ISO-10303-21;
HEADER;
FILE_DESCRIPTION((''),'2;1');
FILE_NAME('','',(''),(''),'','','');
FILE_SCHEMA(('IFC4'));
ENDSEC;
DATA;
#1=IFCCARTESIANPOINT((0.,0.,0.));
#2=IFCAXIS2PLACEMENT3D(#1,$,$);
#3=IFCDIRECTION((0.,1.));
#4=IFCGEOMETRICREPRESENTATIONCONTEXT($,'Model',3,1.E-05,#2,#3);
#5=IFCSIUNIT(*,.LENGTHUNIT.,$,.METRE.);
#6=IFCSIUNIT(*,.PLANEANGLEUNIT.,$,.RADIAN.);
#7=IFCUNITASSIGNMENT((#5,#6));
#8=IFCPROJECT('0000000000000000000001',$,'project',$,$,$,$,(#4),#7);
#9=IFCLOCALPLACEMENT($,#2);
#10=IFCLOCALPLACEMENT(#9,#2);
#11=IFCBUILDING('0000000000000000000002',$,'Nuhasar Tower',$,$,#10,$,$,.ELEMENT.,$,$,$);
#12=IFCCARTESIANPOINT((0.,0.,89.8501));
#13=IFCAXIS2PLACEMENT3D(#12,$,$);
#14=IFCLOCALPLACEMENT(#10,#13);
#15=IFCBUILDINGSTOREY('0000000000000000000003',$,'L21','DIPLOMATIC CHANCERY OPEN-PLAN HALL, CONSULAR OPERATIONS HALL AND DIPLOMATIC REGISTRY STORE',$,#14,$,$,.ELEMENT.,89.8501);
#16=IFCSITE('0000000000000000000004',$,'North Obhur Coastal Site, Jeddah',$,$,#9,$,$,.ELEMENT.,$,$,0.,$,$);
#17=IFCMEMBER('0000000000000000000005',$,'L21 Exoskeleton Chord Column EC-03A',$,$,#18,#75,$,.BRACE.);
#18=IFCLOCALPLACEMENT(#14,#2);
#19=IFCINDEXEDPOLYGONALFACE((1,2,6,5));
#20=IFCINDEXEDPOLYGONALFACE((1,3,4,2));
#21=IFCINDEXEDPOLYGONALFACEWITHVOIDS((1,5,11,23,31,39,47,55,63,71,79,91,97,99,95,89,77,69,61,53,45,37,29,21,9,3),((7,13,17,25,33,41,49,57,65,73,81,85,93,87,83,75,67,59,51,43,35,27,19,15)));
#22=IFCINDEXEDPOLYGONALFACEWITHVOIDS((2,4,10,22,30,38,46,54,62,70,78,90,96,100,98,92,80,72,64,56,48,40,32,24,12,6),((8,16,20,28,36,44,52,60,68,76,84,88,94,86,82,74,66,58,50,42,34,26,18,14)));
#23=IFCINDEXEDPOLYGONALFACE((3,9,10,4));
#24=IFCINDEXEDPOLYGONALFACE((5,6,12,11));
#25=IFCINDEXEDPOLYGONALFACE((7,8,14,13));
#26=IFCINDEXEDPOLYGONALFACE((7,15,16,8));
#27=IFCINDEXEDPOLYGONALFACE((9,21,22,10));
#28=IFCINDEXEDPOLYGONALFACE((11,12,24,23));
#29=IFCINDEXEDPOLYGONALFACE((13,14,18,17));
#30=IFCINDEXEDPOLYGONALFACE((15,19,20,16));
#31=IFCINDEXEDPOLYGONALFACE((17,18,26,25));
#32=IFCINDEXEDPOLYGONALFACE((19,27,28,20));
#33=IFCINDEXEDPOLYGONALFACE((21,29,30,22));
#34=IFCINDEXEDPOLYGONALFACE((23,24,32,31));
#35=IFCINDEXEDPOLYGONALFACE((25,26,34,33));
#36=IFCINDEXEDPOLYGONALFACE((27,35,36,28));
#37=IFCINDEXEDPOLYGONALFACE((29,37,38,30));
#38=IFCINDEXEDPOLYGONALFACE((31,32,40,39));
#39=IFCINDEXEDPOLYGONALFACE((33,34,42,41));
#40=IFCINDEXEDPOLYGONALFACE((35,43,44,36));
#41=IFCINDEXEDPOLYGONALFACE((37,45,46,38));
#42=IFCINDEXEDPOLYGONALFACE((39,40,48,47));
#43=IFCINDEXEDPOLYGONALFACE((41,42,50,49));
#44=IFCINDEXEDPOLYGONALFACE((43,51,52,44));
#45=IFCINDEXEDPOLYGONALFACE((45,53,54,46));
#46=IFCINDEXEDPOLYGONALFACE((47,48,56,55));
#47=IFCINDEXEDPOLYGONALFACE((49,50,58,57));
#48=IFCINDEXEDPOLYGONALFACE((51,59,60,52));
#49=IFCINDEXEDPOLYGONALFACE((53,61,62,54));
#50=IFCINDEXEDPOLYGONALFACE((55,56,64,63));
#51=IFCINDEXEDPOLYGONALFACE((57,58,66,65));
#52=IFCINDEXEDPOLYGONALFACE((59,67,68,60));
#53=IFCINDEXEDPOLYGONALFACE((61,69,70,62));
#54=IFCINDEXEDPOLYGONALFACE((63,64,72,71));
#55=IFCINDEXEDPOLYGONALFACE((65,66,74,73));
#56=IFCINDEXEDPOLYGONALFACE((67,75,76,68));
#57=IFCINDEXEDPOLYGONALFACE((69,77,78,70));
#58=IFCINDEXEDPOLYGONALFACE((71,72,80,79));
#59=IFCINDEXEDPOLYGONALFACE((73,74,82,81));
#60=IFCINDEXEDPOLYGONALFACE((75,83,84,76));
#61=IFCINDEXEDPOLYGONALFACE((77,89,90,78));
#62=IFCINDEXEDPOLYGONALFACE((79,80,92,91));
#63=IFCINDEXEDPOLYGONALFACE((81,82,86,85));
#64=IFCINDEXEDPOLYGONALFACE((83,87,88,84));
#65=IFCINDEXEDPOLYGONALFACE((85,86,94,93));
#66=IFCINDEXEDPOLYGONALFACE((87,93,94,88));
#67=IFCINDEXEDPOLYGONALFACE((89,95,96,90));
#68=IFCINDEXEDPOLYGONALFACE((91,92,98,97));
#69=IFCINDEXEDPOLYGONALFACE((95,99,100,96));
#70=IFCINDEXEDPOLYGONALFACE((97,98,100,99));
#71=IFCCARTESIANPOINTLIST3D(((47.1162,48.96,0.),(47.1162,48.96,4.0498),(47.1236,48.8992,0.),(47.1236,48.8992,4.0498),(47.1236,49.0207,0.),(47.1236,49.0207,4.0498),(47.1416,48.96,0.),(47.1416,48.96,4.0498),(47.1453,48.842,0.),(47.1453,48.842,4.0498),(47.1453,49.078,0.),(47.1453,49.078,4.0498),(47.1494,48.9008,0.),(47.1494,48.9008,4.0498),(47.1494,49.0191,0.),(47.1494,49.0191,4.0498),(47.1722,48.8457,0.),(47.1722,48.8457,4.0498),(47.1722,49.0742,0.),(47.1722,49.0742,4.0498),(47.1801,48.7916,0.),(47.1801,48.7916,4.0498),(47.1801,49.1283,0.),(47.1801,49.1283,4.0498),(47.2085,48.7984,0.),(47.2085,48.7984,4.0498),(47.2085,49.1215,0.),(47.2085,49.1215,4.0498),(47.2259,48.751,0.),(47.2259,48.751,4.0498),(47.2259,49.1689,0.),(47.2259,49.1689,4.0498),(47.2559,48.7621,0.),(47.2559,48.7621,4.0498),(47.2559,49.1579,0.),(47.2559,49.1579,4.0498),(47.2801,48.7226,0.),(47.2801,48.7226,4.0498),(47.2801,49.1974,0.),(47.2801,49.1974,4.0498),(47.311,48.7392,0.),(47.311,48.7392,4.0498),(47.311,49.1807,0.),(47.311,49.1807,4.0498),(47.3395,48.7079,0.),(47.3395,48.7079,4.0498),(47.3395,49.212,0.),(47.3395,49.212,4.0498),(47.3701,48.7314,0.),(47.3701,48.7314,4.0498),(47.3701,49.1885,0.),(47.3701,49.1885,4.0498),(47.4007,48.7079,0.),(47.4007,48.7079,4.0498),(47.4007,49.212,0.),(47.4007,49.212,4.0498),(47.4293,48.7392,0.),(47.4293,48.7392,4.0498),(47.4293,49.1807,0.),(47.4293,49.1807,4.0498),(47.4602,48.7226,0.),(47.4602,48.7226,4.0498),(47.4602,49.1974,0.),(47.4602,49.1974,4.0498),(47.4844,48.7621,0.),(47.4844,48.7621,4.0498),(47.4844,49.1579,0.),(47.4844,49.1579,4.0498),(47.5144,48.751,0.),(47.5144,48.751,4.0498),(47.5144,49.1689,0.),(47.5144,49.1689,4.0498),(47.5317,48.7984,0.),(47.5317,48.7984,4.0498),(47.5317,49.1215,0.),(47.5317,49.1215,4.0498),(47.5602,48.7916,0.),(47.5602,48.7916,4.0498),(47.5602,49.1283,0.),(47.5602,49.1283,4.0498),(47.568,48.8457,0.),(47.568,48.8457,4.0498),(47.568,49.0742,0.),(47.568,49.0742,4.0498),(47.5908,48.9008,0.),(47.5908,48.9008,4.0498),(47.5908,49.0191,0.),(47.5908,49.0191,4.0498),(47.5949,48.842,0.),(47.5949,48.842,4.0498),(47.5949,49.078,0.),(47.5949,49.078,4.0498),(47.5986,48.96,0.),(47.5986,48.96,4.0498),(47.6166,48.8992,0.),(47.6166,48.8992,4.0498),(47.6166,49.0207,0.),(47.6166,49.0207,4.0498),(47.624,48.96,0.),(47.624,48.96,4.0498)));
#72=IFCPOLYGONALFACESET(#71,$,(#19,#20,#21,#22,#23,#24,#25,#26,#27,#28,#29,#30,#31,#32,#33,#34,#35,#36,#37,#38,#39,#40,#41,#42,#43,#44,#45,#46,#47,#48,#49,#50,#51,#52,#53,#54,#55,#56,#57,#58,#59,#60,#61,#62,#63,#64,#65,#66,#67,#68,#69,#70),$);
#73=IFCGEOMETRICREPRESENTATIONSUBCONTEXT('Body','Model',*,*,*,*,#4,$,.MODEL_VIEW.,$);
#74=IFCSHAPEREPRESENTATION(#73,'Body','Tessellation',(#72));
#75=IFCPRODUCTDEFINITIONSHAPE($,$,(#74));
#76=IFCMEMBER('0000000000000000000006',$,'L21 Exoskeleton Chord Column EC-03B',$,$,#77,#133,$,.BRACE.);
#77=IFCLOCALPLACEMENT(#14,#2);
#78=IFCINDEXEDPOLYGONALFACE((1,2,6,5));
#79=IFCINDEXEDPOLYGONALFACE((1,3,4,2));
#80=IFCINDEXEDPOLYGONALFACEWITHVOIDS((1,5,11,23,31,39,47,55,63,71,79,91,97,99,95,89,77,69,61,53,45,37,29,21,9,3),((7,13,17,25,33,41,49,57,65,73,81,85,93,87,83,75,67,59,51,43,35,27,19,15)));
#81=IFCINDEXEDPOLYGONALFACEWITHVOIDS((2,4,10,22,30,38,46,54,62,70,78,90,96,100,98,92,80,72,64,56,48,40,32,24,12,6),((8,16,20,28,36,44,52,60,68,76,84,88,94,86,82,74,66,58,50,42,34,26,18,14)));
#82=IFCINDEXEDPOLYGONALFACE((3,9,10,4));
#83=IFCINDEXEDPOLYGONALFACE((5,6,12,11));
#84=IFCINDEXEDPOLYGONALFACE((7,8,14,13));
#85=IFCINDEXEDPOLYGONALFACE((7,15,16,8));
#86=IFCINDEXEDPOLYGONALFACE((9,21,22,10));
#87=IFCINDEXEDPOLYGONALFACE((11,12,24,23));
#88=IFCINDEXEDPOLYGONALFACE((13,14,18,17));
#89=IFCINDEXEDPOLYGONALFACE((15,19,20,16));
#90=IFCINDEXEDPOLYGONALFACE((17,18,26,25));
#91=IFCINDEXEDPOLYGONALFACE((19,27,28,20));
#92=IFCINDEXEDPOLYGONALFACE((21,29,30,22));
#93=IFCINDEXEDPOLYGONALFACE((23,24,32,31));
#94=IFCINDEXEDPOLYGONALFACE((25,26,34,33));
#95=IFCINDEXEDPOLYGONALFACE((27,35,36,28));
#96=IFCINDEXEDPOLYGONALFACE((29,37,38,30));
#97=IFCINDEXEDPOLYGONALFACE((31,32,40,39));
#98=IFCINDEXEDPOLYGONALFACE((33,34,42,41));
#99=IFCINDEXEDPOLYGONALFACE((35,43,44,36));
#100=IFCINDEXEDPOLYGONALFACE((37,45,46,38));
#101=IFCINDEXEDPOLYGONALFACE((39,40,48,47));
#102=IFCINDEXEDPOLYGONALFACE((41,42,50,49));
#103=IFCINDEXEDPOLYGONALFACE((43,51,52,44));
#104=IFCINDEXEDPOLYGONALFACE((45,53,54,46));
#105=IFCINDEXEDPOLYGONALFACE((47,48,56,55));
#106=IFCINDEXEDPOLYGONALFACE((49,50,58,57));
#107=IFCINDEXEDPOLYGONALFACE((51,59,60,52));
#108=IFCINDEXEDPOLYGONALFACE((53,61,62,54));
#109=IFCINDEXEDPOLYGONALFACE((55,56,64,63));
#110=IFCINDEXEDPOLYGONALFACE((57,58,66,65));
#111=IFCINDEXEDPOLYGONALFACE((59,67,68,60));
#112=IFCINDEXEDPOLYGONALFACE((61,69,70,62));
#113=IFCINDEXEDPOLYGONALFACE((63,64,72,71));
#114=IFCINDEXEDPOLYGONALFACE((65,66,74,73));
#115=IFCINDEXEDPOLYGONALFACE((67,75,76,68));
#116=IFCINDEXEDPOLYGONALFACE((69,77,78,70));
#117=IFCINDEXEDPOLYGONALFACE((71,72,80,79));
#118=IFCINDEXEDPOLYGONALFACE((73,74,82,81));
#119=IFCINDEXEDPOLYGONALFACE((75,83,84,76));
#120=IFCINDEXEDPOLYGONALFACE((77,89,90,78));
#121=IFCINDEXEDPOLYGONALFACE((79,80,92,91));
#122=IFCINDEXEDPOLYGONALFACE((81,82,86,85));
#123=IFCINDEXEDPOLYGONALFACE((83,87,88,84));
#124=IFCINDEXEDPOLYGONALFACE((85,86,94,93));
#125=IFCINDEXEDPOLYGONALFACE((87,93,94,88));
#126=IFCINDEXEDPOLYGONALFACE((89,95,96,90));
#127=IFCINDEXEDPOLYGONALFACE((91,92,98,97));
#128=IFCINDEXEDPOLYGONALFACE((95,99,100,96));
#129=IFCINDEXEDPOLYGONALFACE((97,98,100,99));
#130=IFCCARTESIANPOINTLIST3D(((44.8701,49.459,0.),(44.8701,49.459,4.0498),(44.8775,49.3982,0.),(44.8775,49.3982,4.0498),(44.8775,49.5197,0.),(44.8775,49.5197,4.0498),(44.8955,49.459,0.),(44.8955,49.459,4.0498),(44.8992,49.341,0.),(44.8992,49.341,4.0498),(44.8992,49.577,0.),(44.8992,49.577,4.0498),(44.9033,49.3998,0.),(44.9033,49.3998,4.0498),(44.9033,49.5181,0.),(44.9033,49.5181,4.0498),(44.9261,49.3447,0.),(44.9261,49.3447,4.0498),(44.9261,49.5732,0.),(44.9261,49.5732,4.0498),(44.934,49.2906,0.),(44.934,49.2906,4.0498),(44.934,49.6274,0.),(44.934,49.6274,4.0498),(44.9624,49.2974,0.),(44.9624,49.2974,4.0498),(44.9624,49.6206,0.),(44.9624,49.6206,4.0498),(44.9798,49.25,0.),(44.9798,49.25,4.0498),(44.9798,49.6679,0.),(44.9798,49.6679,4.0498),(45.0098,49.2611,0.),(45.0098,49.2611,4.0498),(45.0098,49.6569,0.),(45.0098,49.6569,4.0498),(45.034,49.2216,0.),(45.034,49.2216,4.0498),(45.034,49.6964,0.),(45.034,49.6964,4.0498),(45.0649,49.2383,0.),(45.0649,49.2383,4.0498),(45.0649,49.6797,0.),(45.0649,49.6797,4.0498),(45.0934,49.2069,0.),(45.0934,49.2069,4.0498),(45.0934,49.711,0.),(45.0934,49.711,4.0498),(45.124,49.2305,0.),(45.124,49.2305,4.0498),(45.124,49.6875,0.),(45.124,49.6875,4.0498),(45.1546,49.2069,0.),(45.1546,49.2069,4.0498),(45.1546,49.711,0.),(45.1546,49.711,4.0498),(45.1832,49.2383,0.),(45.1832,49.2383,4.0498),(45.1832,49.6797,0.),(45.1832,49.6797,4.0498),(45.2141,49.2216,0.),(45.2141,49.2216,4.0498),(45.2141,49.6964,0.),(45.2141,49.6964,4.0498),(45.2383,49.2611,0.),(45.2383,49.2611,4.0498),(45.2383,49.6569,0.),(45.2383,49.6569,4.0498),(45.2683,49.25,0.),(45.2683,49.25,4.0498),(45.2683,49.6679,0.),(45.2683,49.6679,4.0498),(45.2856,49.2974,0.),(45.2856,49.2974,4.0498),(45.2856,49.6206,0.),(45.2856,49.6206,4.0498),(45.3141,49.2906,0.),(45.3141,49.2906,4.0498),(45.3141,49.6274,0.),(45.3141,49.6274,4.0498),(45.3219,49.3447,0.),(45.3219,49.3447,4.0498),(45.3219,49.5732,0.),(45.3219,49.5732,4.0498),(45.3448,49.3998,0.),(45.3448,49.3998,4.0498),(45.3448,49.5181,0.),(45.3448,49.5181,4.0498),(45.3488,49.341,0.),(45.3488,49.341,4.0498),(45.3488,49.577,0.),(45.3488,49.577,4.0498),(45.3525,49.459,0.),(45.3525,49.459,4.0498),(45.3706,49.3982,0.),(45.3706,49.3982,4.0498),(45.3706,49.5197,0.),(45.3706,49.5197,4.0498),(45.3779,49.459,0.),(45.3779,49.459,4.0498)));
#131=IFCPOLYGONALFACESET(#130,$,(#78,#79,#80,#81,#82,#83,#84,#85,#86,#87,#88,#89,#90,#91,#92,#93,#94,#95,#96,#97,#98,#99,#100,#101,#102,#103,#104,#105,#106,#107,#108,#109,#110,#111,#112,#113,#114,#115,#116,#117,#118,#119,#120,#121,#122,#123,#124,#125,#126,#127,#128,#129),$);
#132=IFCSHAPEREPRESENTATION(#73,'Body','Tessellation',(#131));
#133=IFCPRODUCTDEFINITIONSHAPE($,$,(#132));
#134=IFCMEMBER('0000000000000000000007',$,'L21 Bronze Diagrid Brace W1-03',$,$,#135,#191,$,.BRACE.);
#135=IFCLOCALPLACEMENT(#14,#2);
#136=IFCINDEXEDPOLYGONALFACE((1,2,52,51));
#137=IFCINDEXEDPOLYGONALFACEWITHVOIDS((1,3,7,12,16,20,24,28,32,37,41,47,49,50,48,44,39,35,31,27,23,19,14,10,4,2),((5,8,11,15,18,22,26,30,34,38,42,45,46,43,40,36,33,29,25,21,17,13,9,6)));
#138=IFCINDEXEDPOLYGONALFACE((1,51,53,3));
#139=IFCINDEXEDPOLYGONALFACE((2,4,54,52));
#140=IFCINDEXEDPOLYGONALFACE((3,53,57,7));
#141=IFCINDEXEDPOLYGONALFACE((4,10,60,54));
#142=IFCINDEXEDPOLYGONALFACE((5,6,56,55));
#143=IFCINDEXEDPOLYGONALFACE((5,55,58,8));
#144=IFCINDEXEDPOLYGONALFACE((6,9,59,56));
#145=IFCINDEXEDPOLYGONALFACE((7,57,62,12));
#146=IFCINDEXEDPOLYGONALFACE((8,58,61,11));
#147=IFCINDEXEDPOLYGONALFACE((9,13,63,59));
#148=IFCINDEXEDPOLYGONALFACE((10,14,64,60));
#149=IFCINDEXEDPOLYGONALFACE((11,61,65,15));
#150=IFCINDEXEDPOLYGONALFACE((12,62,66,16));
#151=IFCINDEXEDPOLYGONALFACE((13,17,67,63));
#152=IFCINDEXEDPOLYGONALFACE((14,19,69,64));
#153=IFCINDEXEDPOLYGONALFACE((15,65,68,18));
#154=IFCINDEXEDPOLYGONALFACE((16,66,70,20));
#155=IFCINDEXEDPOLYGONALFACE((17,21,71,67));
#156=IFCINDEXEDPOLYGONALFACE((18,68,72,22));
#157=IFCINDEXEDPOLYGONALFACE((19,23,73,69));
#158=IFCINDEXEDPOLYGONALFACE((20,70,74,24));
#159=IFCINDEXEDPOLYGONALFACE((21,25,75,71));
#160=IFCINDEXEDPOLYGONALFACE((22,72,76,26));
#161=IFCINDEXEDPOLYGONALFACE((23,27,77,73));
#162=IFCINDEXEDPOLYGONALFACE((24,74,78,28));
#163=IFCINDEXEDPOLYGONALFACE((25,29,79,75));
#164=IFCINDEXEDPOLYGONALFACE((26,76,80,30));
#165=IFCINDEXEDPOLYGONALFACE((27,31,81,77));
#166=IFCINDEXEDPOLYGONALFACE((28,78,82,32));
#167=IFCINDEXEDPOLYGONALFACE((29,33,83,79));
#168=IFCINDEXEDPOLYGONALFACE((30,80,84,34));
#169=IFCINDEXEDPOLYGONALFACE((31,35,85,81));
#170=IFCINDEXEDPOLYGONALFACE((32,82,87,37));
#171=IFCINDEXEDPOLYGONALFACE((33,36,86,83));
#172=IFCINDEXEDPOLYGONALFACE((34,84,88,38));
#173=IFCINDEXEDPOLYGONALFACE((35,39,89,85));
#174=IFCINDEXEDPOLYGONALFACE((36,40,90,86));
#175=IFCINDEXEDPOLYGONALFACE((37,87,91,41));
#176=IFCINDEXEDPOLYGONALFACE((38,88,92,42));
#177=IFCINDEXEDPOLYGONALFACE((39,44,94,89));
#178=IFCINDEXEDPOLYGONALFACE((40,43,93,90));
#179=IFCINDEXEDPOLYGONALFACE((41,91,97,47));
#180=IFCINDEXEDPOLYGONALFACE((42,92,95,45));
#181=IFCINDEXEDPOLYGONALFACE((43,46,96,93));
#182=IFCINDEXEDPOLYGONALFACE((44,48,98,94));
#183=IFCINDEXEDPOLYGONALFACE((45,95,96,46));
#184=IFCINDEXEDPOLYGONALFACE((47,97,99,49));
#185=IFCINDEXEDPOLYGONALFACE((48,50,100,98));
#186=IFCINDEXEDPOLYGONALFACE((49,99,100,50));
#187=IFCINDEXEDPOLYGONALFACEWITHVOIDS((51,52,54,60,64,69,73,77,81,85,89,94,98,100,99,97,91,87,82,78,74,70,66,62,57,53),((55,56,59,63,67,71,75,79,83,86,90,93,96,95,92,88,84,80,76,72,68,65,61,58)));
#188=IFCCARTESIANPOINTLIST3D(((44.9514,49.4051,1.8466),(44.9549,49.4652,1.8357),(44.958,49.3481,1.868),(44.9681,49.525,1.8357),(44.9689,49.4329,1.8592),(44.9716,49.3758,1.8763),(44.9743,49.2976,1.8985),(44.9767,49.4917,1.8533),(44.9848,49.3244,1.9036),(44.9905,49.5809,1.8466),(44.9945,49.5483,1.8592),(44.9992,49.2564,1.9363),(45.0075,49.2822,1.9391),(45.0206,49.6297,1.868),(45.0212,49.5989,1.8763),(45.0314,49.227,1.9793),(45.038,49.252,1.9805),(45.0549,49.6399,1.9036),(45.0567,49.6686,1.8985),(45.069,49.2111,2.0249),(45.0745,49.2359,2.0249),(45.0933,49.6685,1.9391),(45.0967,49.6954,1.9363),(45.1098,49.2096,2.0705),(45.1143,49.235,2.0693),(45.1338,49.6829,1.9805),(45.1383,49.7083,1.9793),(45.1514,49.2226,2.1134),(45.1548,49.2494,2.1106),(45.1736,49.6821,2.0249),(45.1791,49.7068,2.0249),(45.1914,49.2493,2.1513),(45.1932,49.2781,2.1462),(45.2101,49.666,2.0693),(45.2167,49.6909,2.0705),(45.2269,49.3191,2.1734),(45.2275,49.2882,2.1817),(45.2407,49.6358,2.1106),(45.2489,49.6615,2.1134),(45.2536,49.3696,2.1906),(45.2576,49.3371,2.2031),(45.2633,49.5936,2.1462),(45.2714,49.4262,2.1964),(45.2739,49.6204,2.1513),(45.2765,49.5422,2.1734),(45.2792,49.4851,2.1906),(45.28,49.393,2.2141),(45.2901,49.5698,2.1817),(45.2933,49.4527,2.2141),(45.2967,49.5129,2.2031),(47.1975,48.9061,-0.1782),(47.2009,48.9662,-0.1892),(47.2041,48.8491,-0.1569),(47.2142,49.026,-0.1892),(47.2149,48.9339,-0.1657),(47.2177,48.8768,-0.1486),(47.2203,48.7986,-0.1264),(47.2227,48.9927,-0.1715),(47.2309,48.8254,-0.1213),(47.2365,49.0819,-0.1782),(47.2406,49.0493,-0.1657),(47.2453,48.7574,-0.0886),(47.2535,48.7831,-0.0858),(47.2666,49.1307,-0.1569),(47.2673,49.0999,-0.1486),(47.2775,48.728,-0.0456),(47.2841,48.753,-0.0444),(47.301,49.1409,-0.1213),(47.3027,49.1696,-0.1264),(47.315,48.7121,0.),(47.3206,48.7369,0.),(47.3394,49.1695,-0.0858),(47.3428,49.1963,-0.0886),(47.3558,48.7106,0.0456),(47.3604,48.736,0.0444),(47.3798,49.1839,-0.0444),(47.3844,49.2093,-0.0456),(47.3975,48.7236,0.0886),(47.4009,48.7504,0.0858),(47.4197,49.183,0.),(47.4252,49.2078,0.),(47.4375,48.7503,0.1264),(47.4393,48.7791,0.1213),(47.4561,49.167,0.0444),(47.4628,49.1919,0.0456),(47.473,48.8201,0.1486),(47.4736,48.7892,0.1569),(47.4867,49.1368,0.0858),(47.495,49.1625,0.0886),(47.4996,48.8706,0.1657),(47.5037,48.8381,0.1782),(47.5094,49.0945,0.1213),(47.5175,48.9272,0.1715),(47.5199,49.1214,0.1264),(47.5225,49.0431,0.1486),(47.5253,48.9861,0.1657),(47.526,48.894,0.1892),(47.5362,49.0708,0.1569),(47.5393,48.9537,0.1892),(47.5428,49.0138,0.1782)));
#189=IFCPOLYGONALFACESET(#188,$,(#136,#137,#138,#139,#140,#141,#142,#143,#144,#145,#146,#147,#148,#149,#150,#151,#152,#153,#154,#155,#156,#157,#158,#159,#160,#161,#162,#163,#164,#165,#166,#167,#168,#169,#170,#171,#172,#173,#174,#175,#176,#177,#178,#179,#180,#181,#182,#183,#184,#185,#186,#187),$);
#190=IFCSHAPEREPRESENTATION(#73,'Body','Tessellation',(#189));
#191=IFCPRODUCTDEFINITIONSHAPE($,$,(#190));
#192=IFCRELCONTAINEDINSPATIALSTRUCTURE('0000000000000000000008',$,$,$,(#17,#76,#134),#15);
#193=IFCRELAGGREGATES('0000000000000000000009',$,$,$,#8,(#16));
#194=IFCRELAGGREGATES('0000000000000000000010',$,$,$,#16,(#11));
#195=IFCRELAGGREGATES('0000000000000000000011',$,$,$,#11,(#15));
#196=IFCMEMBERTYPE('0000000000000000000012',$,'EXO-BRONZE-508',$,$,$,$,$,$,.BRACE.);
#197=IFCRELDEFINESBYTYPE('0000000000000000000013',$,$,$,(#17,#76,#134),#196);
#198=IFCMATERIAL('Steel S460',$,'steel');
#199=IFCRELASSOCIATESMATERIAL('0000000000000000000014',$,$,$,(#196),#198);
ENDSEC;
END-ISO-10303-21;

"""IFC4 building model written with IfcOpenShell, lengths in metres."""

from ifc_helpers import new_model, si_unit, direction, frame, origin, origin_2d, place, context, subcontext, project, spatial, hollow_circle, extrude, material, material_profile, profile_set, type_object, element, save


model = new_model("IFC4")

# Units and contexts
model_context = context("Model", 3, precision=1e-05, world=origin(), true_north=direction((0.0, 1.0)))
body_context = subcontext(model_context, "Body", "Model", "MODEL_VIEW")
ifc_project = project(units=[si_unit("LENGTHUNIT", "METRE"), si_unit("PLANEANGLEUNIT", "RADIAN")], contexts=[model_context])

# Site, building, storey
site_placement = place(None, origin())
site = spatial("IfcSite", under=ifc_project, at=site_placement, Name="North Obhur Coastal Site, Jeddah", CompositionType="ELEMENT", RefElevation=0.0)
building_placement = place(site_placement, origin())
building = spatial("IfcBuilding", under=site, at=building_placement, Name="Nuhasar Tower", CompositionType="ELEMENT")
storey_placement = place(building_placement, frame((0.0, 0.0, 89.8501)))
storey = spatial("IfcBuildingStorey", under=building, at=storey_placement, Name="L21", Description="DIPLOMATIC CHANCERY OPEN-PLAN HALL, CONSULAR OPERATIONS HALL AND DIPLOMATIC REGISTRY STORE", CompositionType="ELEMENT", Elevation=89.8501)

# Members
ifc_material_1 = material(Name="Steel S460", Category="steel")
ifc_material_profile_1 = material_profile(ifc_material_1, hollow_circle(Radius=0.2539, WallThickness=0.0254, at=origin_2d()), Name="HSS508X25.4")
ifc_profile_set_1 = profile_set([ifc_material_profile_1], Name="Steel S460")
member_type_1 = type_object("IfcMemberType", Name="EXO-BRONZE-508", PredefinedType="BRACE", material=ifc_profile_set_1)
for number, where, z_axis, x_axis, name in (
    (1, (47.3701, 48.96, 0.0), (0.0, 0.0, 1.0), (1.0, 0.0, 0.0), "L21 Exoskeleton Chord Column EC-03A"),
    (2, (45.124, 49.459, 0.0), (0.0, 0.0, 1.0), (1.0, 0.0, 0.0), "L21 Exoskeleton Chord Column EC-03B"),
):
    element("IfcMember", number, at=place(storey_placement, frame(where, z_axis=z_axis, x_axis=x_axis)), inside=storey, type_object=member_type_1, Name=name, PredefinedType="BRACE", context=body_context, shape_type="SweptSolid", body=[
        extrude(hollow_circle(Radius=0.2539, WallThickness=0.0254, at=origin_2d()), origin(), (0.0, 0.0, 1.0), 4.0498),
    ])
for number, where, z_axis, x_axis, name in (
    (3, (47.3701, 48.96, 0.0), (-0.732821, 0.162814, 0.660654), (-0.216886, -0.976197, 0.0), "L21 Bronze Diagrid Brace W1-03"),
):
    element("IfcMember", number, at=place(storey_placement, frame(where, z_axis=z_axis, x_axis=x_axis)), inside=storey, type_object=member_type_1, Name=name, PredefinedType="BRACE", context=body_context, shape_type="SweptSolid", body=[
        extrude(hollow_circle(Radius=0.2539, WallThickness=0.0254, at=origin_2d()), origin(), (0.0, 0.0, 1.0), 3.0649),
    ])

save(model, "model.ifc")
